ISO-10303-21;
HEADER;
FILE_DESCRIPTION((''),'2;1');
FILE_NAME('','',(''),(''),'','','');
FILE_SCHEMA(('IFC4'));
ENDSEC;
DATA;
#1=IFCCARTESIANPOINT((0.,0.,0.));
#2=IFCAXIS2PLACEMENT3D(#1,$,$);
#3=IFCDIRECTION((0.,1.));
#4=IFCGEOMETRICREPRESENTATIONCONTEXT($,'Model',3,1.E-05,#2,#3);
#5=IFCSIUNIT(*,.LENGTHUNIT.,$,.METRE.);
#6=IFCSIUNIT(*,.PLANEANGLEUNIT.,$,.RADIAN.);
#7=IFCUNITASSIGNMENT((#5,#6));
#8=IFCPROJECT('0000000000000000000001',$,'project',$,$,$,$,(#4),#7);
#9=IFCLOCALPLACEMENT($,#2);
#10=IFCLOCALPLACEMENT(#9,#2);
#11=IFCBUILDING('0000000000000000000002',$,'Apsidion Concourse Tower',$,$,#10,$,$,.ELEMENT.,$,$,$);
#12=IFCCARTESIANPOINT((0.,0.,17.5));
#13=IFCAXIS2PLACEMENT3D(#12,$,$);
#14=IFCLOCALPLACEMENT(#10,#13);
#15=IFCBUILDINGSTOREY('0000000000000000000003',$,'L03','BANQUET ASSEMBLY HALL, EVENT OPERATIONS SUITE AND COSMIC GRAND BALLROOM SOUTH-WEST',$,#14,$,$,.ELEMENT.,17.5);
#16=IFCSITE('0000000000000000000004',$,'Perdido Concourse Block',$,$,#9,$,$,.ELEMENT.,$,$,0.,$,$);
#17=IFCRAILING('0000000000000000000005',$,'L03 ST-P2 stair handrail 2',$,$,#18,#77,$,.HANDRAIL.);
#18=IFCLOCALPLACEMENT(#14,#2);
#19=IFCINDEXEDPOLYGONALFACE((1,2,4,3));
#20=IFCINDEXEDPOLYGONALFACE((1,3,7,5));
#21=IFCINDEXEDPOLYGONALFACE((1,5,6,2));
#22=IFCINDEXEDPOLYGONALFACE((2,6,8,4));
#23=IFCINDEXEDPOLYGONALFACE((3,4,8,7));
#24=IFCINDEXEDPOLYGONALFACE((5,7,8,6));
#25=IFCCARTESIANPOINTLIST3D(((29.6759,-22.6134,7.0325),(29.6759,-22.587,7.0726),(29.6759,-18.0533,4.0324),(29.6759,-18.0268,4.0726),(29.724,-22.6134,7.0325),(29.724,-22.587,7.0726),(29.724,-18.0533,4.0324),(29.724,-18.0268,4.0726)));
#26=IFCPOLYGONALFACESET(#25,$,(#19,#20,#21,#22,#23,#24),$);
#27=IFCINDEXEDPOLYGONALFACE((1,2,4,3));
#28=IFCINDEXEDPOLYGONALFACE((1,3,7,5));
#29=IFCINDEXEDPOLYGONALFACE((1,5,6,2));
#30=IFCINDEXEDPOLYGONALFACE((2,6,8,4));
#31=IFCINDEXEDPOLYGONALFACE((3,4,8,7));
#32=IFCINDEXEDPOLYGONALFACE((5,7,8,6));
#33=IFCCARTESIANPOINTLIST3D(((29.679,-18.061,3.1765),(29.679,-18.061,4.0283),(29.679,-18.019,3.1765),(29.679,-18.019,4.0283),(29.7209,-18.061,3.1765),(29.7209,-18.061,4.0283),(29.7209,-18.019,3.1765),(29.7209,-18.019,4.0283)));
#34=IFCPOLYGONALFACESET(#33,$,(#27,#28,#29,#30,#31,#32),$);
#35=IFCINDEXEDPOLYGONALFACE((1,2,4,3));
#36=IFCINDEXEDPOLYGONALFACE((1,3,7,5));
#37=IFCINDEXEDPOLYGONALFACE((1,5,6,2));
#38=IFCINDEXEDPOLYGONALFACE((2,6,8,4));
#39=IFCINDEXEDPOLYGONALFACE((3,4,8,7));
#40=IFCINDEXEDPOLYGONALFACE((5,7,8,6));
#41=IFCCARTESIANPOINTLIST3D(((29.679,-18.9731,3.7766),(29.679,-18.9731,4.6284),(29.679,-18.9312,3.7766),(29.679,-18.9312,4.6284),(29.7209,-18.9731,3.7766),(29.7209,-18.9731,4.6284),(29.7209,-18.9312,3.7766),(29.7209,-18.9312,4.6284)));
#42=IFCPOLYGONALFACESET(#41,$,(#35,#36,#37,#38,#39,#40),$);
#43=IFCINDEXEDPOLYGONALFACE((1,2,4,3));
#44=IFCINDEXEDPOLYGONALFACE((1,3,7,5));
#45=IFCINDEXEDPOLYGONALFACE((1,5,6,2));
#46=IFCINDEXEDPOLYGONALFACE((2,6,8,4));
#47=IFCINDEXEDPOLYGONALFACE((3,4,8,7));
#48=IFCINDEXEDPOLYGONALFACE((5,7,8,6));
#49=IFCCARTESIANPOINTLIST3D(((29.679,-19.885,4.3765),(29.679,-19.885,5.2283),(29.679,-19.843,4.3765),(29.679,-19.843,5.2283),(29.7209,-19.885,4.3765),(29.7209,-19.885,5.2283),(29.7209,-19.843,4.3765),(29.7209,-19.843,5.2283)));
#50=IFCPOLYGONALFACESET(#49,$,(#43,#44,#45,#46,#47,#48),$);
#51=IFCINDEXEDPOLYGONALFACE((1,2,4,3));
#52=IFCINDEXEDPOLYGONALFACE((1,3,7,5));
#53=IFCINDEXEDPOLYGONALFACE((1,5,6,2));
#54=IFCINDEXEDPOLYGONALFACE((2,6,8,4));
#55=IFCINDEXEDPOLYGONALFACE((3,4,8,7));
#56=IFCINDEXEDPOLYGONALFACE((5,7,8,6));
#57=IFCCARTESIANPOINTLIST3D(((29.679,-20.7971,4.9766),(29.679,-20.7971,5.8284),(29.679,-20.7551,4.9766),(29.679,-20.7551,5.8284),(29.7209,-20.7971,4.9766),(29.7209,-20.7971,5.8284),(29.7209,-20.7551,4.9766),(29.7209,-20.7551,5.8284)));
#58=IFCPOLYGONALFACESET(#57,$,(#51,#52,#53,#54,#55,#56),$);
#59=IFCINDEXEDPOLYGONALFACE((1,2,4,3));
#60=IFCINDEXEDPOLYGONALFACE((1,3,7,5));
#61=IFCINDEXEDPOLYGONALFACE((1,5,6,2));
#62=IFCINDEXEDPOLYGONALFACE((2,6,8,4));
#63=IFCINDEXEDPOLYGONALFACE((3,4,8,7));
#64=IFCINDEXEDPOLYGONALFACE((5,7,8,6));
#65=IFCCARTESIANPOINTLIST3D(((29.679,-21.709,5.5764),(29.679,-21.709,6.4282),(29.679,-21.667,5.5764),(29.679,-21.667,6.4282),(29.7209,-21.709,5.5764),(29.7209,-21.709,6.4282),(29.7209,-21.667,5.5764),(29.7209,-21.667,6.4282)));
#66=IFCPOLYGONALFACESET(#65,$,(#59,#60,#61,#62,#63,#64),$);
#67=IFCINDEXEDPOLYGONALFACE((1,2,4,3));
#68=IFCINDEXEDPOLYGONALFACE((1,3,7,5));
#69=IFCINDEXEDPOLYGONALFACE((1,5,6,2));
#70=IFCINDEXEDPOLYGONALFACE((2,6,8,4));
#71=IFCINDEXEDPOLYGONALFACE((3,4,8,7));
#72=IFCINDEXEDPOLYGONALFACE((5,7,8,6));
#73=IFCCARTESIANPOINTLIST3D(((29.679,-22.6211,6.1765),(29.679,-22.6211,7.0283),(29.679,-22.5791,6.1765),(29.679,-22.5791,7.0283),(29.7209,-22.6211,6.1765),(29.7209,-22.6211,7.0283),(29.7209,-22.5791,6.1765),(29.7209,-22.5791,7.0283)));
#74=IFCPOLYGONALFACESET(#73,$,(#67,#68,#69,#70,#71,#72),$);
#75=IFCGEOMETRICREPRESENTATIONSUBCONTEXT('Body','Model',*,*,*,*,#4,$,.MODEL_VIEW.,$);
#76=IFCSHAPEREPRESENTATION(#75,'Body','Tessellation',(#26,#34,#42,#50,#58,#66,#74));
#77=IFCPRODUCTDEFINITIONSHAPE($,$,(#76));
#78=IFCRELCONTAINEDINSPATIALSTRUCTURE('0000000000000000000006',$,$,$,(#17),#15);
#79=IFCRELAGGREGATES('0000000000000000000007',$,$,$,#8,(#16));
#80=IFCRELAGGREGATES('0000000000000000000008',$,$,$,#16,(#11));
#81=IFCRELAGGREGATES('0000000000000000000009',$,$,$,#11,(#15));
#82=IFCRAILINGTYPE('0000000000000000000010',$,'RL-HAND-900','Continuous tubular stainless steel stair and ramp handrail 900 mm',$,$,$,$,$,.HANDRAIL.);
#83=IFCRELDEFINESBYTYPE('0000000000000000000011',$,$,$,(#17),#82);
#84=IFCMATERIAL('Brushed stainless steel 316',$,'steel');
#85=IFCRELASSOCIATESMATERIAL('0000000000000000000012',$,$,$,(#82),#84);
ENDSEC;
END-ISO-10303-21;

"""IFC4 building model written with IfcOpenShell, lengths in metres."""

from ifc_helpers import new_model, si_unit, direction, frame, origin, origin_2d, place, context, subcontext, project, spatial, rectangle, extrude, material, type_object, element, save


model = new_model("IFC4")

# Units and contexts
model_context = context("Model", 3, precision=1e-05, world=origin(), true_north=direction((0.0, 1.0)))
body_context = subcontext(model_context, "Body", "Model", "MODEL_VIEW")
ifc_project = project(units=[si_unit("LENGTHUNIT", "METRE"), si_unit("PLANEANGLEUNIT", "RADIAN")], contexts=[model_context])

# Site, building, storey
site_placement = place(None, origin())
site = spatial("IfcSite", under=ifc_project, at=site_placement, Name="Perdido Concourse Block", CompositionType="ELEMENT", RefElevation=0.0)
building_placement = place(site_placement, origin())
building = spatial("IfcBuilding", under=site, at=building_placement, Name="Apsidion Concourse Tower", CompositionType="ELEMENT")
storey_placement = place(building_placement, frame((0.0, 0.0, 17.5)))
storey = spatial("IfcBuildingStorey", under=building, at=storey_placement, Name="L03", Description="BANQUET ASSEMBLY HALL, EVENT OPERATIONS SUITE AND COSMIC GRAND BALLROOM SOUTH-WEST", CompositionType="ELEMENT", Elevation=17.5)

# Shared definitions
ifc_material_1 = material(Name="Brushed stainless steel 316", Category="steel")

# Railing
railing_type_1 = type_object("IfcRailingType", Name="RL-HAND-900", Description="Continuous tubular stainless steel stair and ramp handrail 900 mm", PredefinedType="HANDRAIL", material=ifc_material_1)
railing_1_placement = place(storey_placement, frame((29.7, -18.04, 3.1765)))
element("IfcRailing", 1, at=railing_1_placement, inside=storey, type_object=railing_type_1, Name="L03 ST-P2 stair handrail 2", PredefinedType="HANDRAIL", context=body_context, shape_type="SweptSolid", body=[
    extrude(rectangle(XDim=0.0481, YDim=0.0481, at=origin_2d()), frame((0.0, 0.0, 0.876), z_axis=(0.0, -0.83542, 0.549612), x_axis=(1.0, 0.0, 0.0)), (0.0, 0.0, 1.0), 5.4585),
    extrude(rectangle(XDim=0.042, YDim=0.042, at=origin_2d()), origin(), (0.0, 0.0, 1.0), 0.8518),
    extrude(rectangle(XDim=0.042, YDim=0.042, at=origin_2d()), frame((0.0, -0.9121, 0.6001)), (0.0, 0.0, 1.0), 0.8518),
    extrude(rectangle(XDim=0.042, YDim=0.042, at=origin_2d()), frame((0.0, -1.824, 1.2)), (0.0, 0.0, 1.0), 0.8518),
    extrude(rectangle(XDim=0.042, YDim=0.042, at=origin_2d()), frame((0.0, -2.7361, 1.8)), (0.0, 0.0, 1.0), 0.8518),
    extrude(rectangle(XDim=0.042, YDim=0.042, at=origin_2d()), frame((0.0, -3.6479, 2.3999)), (0.0, 0.0, 1.0), 0.8518),
    extrude(rectangle(XDim=0.042, YDim=0.042, at=origin_2d()), frame((0.0, -4.5601, 3.0)), (0.0, 0.0, 1.0), 0.8518),
])

save(model, "model.ifc")
